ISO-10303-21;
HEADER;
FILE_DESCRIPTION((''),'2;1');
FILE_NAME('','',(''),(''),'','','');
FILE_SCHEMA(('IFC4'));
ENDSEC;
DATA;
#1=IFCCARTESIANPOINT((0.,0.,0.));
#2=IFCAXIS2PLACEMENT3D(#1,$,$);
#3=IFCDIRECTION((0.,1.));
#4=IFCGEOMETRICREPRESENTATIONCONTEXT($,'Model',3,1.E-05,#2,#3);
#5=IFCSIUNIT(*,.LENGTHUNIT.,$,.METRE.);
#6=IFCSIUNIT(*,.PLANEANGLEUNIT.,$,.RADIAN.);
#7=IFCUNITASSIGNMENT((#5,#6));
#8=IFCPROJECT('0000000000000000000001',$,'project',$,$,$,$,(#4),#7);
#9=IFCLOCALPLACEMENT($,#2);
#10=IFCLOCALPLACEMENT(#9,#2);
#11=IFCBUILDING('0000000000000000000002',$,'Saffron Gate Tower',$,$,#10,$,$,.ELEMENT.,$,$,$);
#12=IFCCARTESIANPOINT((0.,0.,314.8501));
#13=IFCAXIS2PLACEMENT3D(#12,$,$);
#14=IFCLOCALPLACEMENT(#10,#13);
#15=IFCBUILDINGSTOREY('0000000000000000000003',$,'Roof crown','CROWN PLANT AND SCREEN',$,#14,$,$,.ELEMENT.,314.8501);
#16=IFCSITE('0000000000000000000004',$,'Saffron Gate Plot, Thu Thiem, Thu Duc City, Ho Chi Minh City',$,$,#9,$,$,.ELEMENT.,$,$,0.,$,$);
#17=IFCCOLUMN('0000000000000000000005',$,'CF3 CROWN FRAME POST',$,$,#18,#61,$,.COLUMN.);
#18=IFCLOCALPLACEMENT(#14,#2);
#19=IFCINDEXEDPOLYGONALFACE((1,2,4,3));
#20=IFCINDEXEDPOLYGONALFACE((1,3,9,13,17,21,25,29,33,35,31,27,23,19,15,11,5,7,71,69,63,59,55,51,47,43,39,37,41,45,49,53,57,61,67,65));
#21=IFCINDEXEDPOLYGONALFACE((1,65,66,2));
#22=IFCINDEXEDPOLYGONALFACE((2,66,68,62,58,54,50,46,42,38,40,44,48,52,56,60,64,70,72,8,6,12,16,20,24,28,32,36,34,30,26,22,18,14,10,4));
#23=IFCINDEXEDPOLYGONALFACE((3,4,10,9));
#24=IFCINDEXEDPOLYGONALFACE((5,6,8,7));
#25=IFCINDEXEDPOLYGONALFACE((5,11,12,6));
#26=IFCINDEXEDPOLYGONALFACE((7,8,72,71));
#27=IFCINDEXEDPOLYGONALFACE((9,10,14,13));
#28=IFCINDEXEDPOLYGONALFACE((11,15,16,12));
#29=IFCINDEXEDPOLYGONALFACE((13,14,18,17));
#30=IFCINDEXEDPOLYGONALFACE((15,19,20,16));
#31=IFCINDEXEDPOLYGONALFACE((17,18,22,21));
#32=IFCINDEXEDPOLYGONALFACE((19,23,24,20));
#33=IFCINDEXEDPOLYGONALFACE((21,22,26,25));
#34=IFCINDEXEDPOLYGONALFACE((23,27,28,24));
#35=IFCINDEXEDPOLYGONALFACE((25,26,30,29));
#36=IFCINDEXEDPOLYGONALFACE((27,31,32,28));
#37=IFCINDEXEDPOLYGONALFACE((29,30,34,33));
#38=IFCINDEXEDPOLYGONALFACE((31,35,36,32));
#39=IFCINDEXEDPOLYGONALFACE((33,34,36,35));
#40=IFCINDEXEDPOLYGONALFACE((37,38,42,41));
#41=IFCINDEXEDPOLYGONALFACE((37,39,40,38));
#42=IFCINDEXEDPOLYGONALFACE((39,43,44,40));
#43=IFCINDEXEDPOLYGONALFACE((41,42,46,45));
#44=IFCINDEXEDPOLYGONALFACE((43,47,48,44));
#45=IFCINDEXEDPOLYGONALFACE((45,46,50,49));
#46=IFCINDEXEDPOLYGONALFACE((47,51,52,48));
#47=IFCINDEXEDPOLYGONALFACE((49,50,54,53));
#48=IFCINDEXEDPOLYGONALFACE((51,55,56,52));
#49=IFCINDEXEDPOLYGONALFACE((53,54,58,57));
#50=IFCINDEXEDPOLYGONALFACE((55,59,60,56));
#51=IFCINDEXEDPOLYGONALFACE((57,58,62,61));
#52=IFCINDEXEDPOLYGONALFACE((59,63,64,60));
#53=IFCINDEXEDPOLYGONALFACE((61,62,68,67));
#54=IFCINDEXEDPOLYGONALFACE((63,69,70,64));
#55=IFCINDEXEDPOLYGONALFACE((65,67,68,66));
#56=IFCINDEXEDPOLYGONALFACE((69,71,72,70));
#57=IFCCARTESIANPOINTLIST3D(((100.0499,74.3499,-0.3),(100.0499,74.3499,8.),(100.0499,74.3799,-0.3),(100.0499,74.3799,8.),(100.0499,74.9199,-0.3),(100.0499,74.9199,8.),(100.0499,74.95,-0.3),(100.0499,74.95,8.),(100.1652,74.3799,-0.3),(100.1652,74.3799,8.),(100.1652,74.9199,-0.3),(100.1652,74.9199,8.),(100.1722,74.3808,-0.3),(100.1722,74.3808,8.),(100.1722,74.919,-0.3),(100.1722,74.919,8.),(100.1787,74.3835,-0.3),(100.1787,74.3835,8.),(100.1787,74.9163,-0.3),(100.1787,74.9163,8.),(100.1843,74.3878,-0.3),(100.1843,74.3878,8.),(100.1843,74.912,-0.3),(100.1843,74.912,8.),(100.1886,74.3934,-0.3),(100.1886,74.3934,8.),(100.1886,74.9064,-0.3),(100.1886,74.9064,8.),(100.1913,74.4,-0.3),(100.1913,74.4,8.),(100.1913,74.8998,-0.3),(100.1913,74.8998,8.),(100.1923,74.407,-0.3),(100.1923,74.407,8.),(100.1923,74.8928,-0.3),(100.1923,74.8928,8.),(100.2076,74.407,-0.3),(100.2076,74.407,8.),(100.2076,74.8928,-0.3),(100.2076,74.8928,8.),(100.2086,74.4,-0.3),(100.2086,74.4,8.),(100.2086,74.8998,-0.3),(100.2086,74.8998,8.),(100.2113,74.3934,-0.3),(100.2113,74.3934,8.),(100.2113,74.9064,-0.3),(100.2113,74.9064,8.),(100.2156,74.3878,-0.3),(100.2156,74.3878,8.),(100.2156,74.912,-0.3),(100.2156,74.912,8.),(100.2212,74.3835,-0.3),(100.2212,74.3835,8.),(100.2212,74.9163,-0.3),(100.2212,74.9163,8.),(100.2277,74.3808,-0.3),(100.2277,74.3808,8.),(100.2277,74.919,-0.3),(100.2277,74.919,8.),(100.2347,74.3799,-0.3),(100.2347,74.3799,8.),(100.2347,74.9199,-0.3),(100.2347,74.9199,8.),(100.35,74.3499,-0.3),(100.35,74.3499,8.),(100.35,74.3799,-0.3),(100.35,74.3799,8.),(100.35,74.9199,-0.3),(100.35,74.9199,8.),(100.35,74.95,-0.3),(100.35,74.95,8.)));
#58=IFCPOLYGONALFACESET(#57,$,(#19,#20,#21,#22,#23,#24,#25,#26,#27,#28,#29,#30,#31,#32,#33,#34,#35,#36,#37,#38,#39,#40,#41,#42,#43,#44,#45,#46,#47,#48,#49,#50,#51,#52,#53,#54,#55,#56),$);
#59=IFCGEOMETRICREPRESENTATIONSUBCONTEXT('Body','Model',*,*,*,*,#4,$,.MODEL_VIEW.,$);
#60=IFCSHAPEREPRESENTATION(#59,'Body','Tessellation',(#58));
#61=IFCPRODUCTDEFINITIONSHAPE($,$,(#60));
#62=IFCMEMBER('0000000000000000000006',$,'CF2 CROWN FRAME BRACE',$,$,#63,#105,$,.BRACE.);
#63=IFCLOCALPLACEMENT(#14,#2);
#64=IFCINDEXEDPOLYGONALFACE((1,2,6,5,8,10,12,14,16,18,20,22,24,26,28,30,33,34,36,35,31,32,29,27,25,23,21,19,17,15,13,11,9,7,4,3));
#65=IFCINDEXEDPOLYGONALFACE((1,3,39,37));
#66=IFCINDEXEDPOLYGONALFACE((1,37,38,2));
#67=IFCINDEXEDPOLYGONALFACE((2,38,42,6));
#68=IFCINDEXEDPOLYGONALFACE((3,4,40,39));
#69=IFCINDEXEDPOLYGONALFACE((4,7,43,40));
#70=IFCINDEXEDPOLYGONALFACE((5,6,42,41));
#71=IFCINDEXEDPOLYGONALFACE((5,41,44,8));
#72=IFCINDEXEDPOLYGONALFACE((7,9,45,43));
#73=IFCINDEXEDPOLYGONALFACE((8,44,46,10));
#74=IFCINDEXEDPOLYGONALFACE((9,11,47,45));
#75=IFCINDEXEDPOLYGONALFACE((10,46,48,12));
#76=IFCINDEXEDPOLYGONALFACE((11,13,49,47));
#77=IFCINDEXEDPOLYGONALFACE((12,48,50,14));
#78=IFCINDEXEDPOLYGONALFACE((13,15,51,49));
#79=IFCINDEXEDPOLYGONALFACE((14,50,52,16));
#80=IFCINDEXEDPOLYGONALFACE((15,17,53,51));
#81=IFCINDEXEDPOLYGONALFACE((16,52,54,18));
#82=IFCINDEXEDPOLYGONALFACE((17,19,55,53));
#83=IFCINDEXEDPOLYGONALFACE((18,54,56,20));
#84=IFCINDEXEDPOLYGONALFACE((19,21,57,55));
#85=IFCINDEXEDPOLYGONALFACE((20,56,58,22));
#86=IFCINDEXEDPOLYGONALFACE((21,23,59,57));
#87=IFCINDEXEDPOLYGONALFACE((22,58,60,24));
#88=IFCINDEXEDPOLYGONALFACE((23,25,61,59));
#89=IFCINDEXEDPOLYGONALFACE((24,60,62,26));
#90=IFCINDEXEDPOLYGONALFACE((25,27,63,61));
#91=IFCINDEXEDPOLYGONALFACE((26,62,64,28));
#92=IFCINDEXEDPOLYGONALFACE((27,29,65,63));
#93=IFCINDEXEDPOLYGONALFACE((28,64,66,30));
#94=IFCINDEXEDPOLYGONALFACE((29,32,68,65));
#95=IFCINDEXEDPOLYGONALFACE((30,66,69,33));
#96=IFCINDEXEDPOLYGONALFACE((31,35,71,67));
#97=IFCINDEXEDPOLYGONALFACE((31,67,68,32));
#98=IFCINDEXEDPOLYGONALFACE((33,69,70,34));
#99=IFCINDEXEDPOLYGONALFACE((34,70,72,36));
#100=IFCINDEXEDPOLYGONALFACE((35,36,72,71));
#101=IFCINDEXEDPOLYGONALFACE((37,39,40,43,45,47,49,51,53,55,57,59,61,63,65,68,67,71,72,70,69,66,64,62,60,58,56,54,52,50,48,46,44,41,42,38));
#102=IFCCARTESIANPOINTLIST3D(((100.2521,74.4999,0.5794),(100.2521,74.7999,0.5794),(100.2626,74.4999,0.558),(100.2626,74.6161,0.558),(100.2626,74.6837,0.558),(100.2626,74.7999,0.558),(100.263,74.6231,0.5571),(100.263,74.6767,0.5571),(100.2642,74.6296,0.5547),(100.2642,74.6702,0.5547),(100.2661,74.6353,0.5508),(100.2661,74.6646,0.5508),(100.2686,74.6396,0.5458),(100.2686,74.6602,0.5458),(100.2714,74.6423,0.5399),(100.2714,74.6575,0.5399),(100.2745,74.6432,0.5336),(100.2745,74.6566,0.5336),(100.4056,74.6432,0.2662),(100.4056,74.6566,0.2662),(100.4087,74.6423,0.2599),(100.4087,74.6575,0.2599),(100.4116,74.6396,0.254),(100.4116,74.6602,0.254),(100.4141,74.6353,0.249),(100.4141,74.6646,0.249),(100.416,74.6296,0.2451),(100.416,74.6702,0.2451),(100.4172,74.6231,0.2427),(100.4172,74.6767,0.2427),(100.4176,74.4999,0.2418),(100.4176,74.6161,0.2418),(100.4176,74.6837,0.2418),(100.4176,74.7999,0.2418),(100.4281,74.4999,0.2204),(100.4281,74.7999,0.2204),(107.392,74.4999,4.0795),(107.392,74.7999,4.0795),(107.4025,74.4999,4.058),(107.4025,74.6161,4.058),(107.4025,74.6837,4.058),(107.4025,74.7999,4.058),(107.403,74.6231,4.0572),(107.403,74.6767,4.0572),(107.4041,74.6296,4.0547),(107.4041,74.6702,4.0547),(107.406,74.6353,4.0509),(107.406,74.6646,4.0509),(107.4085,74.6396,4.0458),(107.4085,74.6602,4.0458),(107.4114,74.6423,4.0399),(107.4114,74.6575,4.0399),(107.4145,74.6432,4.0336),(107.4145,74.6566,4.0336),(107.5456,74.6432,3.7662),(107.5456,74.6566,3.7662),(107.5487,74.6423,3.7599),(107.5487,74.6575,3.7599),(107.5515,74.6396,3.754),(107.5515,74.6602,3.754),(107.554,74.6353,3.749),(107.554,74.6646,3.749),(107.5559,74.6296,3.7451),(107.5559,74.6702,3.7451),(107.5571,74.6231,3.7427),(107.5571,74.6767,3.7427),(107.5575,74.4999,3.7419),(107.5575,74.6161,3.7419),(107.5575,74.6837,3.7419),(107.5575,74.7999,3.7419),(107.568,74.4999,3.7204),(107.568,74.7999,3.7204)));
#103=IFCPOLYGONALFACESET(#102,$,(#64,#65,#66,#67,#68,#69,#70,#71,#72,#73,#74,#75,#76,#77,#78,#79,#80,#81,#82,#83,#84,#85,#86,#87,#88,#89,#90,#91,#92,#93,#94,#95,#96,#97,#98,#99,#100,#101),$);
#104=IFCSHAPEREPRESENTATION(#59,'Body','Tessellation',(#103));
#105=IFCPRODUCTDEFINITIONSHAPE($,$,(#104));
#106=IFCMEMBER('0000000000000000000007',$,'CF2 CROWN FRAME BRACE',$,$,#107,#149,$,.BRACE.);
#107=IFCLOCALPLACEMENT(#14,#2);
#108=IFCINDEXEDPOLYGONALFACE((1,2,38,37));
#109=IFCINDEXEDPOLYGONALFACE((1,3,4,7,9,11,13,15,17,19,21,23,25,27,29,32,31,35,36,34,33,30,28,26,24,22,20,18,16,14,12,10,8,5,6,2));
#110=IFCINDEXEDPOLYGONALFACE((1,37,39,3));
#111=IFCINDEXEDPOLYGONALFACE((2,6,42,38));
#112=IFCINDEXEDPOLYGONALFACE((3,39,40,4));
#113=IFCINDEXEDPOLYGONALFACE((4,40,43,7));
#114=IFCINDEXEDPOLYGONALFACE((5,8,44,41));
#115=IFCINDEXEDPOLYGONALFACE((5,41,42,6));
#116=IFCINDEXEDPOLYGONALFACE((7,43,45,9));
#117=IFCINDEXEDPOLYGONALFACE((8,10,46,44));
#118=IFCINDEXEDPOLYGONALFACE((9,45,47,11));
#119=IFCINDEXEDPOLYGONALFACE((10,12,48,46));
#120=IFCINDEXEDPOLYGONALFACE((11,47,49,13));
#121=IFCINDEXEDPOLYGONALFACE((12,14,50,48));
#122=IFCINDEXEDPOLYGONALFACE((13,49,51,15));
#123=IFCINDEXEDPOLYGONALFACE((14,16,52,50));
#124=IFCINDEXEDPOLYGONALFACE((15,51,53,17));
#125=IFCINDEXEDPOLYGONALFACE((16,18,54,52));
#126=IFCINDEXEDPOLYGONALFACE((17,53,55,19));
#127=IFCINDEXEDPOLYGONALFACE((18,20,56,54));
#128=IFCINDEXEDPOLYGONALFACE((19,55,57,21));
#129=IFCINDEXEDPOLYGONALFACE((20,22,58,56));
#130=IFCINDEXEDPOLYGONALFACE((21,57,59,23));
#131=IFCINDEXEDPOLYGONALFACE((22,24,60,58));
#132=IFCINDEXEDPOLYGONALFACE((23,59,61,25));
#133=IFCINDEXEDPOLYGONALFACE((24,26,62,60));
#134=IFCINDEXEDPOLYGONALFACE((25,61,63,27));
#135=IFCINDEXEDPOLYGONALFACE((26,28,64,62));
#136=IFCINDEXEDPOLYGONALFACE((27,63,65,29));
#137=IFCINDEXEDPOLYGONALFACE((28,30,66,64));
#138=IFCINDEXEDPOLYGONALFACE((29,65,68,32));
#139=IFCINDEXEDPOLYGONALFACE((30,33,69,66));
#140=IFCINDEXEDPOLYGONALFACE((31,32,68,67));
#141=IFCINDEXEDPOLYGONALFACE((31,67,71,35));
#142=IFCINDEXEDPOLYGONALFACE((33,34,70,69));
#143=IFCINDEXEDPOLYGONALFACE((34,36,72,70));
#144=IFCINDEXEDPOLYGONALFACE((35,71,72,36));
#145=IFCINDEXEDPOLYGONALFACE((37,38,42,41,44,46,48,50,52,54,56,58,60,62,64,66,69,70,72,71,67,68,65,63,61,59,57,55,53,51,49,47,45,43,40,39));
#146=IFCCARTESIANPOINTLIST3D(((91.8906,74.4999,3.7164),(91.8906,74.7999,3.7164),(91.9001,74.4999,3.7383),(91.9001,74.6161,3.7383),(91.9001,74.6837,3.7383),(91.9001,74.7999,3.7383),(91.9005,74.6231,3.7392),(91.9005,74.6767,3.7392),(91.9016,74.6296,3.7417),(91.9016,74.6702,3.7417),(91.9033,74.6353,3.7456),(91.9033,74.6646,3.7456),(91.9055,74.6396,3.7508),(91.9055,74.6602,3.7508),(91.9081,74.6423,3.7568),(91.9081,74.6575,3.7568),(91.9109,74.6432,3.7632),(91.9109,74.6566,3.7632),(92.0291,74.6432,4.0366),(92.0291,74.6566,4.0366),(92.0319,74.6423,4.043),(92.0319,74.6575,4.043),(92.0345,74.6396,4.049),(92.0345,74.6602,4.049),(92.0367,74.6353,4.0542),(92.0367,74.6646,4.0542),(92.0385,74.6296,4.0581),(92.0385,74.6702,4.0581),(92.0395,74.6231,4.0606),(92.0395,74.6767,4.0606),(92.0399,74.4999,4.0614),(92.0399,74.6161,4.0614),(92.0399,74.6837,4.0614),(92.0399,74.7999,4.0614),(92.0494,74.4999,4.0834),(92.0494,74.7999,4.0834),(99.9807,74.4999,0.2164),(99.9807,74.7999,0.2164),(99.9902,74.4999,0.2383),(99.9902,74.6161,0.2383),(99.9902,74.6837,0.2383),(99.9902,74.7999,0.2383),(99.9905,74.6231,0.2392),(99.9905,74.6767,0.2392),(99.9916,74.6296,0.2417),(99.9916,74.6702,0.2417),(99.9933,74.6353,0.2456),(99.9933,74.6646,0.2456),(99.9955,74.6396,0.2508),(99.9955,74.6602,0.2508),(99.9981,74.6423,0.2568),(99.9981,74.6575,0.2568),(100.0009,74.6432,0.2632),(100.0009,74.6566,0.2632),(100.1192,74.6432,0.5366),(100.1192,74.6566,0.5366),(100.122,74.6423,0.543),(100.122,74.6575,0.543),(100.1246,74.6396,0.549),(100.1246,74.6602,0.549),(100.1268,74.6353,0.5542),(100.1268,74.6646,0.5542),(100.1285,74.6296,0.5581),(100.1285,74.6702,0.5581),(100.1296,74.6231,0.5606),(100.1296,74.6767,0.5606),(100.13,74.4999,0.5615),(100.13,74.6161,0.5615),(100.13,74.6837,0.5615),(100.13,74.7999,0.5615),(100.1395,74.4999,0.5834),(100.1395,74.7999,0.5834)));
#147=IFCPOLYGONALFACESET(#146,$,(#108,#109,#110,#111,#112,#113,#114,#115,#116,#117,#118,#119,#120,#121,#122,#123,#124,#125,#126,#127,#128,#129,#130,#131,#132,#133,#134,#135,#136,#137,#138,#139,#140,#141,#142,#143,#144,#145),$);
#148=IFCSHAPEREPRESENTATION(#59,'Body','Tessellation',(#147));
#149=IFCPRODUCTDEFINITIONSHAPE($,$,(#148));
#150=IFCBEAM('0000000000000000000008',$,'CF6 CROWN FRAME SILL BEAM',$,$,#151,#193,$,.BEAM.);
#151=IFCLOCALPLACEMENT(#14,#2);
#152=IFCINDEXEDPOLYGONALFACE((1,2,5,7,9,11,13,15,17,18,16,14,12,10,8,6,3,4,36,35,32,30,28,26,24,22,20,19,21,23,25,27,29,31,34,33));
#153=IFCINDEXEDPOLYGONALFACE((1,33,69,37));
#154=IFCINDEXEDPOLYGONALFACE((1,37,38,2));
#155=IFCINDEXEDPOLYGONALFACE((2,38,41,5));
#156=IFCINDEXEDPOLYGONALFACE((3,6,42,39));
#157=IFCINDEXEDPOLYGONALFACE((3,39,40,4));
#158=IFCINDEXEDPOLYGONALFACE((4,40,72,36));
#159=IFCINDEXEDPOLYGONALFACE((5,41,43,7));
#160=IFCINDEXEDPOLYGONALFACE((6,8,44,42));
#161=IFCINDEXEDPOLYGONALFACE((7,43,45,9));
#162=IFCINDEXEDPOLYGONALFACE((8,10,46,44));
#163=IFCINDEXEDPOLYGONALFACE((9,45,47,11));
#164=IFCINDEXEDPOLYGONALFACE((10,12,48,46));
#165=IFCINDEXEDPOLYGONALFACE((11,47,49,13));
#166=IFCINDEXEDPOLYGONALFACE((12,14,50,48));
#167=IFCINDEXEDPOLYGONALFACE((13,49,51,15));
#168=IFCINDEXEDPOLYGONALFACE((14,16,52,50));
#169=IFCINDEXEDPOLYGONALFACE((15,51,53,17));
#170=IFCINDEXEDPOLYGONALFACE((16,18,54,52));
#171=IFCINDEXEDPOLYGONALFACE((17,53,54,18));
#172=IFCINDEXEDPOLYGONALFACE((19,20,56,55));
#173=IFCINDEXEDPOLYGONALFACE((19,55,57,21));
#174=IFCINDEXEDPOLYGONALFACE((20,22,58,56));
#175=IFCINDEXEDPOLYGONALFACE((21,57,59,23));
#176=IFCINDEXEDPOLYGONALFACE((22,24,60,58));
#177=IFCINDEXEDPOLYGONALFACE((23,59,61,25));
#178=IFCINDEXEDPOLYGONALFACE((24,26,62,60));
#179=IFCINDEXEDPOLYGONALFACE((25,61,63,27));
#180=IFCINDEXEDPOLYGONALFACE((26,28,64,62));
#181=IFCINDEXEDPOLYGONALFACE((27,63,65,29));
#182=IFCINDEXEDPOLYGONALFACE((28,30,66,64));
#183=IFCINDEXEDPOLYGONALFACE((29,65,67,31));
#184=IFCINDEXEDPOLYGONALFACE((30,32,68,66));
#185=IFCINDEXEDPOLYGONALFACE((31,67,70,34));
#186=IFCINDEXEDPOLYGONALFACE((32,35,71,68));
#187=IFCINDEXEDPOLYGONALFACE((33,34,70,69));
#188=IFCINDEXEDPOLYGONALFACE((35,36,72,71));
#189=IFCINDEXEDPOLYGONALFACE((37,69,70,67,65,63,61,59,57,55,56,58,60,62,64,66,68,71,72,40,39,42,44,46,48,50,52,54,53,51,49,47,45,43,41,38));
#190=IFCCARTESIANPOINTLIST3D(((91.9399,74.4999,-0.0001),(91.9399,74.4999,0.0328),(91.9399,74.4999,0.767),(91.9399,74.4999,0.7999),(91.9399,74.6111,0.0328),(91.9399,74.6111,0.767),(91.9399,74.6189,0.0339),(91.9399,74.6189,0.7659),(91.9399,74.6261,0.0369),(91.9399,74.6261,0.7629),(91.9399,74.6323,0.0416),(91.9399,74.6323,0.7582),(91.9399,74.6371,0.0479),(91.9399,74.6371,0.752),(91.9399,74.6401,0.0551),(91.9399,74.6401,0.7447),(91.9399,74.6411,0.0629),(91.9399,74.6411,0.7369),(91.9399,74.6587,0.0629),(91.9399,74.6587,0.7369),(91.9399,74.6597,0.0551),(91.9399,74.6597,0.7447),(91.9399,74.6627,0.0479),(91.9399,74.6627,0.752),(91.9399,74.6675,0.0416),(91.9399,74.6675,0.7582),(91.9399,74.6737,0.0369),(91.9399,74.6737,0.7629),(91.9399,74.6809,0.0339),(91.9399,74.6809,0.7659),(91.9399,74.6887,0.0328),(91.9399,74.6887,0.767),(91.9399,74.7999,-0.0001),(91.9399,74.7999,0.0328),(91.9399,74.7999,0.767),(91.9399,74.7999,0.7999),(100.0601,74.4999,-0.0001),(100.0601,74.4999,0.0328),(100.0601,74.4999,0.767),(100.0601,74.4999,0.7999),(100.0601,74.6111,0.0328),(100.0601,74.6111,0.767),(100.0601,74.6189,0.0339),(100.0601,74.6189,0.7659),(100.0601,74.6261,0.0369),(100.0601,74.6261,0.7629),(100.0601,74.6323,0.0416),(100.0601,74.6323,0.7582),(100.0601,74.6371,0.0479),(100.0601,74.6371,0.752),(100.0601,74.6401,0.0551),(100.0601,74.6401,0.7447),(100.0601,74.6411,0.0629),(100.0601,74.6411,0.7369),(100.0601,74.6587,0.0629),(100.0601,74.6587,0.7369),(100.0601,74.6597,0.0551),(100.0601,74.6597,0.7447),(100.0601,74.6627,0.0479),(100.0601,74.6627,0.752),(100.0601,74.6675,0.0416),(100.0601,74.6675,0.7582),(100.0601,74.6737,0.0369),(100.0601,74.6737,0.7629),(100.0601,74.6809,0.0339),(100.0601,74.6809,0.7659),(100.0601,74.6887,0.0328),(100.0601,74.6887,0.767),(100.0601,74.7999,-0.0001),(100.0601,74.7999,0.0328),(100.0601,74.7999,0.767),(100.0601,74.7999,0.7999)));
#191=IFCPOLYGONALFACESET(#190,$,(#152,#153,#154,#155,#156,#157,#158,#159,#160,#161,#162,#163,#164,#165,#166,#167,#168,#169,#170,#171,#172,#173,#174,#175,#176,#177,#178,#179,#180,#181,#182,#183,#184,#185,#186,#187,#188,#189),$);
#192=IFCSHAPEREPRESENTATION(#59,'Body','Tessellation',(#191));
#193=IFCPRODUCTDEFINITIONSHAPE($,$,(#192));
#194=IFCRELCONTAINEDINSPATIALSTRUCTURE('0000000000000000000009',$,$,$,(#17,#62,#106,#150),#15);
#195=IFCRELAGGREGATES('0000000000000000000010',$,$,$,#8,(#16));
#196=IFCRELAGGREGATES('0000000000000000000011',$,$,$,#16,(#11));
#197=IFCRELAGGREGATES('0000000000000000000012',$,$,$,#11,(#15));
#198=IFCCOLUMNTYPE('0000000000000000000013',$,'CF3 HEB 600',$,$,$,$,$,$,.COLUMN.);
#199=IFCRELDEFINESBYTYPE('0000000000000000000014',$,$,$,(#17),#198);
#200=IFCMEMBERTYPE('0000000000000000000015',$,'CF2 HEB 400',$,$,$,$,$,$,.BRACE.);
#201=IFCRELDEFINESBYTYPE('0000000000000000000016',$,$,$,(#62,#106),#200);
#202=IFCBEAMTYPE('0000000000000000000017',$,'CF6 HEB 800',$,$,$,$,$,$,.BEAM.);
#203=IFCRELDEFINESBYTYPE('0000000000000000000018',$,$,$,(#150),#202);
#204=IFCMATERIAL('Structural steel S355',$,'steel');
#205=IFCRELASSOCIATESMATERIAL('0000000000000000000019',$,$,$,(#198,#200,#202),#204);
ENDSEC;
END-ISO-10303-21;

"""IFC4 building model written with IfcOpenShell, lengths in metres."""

from ifc_helpers import new_model, si_unit, direction, frame, origin, origin_2d, place, context, subcontext, project, spatial, i_section, extrude, material, material_profile, profile_set, type_object, element, save


model = new_model("IFC4")

# Units and contexts
model_context = context("Model", 3, precision=1e-05, world=origin(), true_north=direction((0.0, 1.0)))
body_context = subcontext(model_context, "Body", "Model", "MODEL_VIEW")
ifc_project = project(units=[si_unit("LENGTHUNIT", "METRE"), si_unit("PLANEANGLEUNIT", "RADIAN")], contexts=[model_context])

# Site, building, storey
site_placement = place(None, origin())
site = spatial("IfcSite", under=ifc_project, at=site_placement, Name="Saffron Gate Plot, Thu Thiem, Thu Duc City, Ho Chi Minh City", CompositionType="ELEMENT", RefElevation=0.0)
building_placement = place(site_placement, origin())
building = spatial("IfcBuilding", under=site, at=building_placement, Name="Saffron Gate Tower", CompositionType="ELEMENT")
storey_placement = place(building_placement, frame((0.0, 0.0, 314.8501)))
storey = spatial("IfcBuildingStorey", under=building, at=storey_placement, Name="Roof crown", Description="CROWN PLANT AND SCREEN", CompositionType="ELEMENT", Elevation=314.8501)

# Column
ifc_material_1 = material(Name="Structural steel S355", Category="steel")
ifc_material_profile_1 = material_profile(ifc_material_1, i_section(OverallWidth=0.3, OverallDepth=0.6001, WebThickness=0.0154, FlangeThickness=0.03, FilletRadius=0.0271, at=origin_2d()))
ifc_profile_set_1 = profile_set([ifc_material_profile_1], Name="Structural steel S355")
column_type = type_object("IfcColumnType", Name="CF3 HEB 600", PredefinedType="COLUMN", material=ifc_profile_set_1)
column_placement = place(storey_placement, frame((100.2, 74.6499, -0.3), z_axis=(0.0, 0.0, 1.0), x_axis=(1.0, 0.0, 0.0)))
element("IfcColumn", 1, at=column_placement, inside=storey, type_object=column_type, Name="CF3 CROWN FRAME POST", PredefinedType="COLUMN", context=body_context, shape_type="SweptSolid", body=[
    extrude(i_section(OverallWidth=0.3, OverallDepth=0.6001, WebThickness=0.0154, FlangeThickness=0.03, FilletRadius=0.0271, at=origin_2d()), origin(), (0.0, 0.0, 1.0), 8.3),
])

# Members
ifc_material_profile_2 = material_profile(ifc_material_1, i_section(OverallWidth=0.3, OverallDepth=0.3999, WebThickness=0.0134, FlangeThickness=0.0239, FilletRadius=0.0271, at=origin_2d()))
ifc_profile_set_2 = profile_set([ifc_material_profile_2], Name="Structural steel S355")
member_type = type_object("IfcMemberType", Name="CF2 HEB 400", PredefinedType="BRACE", material=ifc_profile_set_2)
member_1_placement = place(storey_placement, frame((100.3401, 74.6499, 0.3999), z_axis=(0.897918, 0.0, 0.440163), x_axis=(0.0, 1.0, 0.0)))
element("IfcMember", 2, at=member_1_placement, inside=storey, type_object=member_type, Name="CF2 CROWN FRAME BRACE", PredefinedType="BRACE", context=body_context, shape_type="SweptSolid", body=[
    extrude(i_section(OverallWidth=0.3, OverallDepth=0.3999, WebThickness=0.0134, FlangeThickness=0.0239, FilletRadius=0.0271, at=origin_2d()), origin(), (0.0, 0.0, 1.0), 7.9517),
])
member_2_placement = place(storey_placement, frame((100.0601, 74.6499, 0.3999), z_axis=(-0.917792, 0.0, 0.397062), x_axis=(0.0, -1.0, 0.0)))
element("IfcMember", 3, at=member_2_placement, inside=storey, type_object=member_type, Name="CF2 CROWN FRAME BRACE", PredefinedType="BRACE", context=body_context, shape_type="SweptSolid", body=[
    extrude(i_section(OverallWidth=0.3, OverallDepth=0.3999, WebThickness=0.0134, FlangeThickness=0.0239, FilletRadius=0.0271, at=origin_2d()), origin(), (0.0, 0.0, 1.0), 8.8147),
])

# Beam
ifc_material_profile_3 = material_profile(ifc_material_1, i_section(OverallWidth=0.3, OverallDepth=0.8, WebThickness=0.0176, FlangeThickness=0.033, FilletRadius=0.03, at=origin_2d()))
ifc_profile_set_3 = profile_set([ifc_material_profile_3], Name="Structural steel S355")
beam_type = type_object("IfcBeamType", Name="CF6 HEB 800", PredefinedType="BEAM", material=ifc_profile_set_3)
beam_placement = place(storey_placement, frame((100.0601, 74.6499, 0.3999), z_axis=(-1.0, 0.0, 0.0), x_axis=(0.0, -1.0, 0.0)))
element("IfcBeam", 4, at=beam_placement, inside=storey, type_object=beam_type, Name="CF6 CROWN FRAME SILL BEAM", PredefinedType="BEAM", context=body_context, shape_type="SweptSolid", body=[
    extrude(i_section(OverallWidth=0.3, OverallDepth=0.8, WebThickness=0.0176, FlangeThickness=0.033, FilletRadius=0.03, at=origin_2d()), origin(), (0.0, 0.0, 1.0), 8.1201),
])

save(model, "model.ifc")
